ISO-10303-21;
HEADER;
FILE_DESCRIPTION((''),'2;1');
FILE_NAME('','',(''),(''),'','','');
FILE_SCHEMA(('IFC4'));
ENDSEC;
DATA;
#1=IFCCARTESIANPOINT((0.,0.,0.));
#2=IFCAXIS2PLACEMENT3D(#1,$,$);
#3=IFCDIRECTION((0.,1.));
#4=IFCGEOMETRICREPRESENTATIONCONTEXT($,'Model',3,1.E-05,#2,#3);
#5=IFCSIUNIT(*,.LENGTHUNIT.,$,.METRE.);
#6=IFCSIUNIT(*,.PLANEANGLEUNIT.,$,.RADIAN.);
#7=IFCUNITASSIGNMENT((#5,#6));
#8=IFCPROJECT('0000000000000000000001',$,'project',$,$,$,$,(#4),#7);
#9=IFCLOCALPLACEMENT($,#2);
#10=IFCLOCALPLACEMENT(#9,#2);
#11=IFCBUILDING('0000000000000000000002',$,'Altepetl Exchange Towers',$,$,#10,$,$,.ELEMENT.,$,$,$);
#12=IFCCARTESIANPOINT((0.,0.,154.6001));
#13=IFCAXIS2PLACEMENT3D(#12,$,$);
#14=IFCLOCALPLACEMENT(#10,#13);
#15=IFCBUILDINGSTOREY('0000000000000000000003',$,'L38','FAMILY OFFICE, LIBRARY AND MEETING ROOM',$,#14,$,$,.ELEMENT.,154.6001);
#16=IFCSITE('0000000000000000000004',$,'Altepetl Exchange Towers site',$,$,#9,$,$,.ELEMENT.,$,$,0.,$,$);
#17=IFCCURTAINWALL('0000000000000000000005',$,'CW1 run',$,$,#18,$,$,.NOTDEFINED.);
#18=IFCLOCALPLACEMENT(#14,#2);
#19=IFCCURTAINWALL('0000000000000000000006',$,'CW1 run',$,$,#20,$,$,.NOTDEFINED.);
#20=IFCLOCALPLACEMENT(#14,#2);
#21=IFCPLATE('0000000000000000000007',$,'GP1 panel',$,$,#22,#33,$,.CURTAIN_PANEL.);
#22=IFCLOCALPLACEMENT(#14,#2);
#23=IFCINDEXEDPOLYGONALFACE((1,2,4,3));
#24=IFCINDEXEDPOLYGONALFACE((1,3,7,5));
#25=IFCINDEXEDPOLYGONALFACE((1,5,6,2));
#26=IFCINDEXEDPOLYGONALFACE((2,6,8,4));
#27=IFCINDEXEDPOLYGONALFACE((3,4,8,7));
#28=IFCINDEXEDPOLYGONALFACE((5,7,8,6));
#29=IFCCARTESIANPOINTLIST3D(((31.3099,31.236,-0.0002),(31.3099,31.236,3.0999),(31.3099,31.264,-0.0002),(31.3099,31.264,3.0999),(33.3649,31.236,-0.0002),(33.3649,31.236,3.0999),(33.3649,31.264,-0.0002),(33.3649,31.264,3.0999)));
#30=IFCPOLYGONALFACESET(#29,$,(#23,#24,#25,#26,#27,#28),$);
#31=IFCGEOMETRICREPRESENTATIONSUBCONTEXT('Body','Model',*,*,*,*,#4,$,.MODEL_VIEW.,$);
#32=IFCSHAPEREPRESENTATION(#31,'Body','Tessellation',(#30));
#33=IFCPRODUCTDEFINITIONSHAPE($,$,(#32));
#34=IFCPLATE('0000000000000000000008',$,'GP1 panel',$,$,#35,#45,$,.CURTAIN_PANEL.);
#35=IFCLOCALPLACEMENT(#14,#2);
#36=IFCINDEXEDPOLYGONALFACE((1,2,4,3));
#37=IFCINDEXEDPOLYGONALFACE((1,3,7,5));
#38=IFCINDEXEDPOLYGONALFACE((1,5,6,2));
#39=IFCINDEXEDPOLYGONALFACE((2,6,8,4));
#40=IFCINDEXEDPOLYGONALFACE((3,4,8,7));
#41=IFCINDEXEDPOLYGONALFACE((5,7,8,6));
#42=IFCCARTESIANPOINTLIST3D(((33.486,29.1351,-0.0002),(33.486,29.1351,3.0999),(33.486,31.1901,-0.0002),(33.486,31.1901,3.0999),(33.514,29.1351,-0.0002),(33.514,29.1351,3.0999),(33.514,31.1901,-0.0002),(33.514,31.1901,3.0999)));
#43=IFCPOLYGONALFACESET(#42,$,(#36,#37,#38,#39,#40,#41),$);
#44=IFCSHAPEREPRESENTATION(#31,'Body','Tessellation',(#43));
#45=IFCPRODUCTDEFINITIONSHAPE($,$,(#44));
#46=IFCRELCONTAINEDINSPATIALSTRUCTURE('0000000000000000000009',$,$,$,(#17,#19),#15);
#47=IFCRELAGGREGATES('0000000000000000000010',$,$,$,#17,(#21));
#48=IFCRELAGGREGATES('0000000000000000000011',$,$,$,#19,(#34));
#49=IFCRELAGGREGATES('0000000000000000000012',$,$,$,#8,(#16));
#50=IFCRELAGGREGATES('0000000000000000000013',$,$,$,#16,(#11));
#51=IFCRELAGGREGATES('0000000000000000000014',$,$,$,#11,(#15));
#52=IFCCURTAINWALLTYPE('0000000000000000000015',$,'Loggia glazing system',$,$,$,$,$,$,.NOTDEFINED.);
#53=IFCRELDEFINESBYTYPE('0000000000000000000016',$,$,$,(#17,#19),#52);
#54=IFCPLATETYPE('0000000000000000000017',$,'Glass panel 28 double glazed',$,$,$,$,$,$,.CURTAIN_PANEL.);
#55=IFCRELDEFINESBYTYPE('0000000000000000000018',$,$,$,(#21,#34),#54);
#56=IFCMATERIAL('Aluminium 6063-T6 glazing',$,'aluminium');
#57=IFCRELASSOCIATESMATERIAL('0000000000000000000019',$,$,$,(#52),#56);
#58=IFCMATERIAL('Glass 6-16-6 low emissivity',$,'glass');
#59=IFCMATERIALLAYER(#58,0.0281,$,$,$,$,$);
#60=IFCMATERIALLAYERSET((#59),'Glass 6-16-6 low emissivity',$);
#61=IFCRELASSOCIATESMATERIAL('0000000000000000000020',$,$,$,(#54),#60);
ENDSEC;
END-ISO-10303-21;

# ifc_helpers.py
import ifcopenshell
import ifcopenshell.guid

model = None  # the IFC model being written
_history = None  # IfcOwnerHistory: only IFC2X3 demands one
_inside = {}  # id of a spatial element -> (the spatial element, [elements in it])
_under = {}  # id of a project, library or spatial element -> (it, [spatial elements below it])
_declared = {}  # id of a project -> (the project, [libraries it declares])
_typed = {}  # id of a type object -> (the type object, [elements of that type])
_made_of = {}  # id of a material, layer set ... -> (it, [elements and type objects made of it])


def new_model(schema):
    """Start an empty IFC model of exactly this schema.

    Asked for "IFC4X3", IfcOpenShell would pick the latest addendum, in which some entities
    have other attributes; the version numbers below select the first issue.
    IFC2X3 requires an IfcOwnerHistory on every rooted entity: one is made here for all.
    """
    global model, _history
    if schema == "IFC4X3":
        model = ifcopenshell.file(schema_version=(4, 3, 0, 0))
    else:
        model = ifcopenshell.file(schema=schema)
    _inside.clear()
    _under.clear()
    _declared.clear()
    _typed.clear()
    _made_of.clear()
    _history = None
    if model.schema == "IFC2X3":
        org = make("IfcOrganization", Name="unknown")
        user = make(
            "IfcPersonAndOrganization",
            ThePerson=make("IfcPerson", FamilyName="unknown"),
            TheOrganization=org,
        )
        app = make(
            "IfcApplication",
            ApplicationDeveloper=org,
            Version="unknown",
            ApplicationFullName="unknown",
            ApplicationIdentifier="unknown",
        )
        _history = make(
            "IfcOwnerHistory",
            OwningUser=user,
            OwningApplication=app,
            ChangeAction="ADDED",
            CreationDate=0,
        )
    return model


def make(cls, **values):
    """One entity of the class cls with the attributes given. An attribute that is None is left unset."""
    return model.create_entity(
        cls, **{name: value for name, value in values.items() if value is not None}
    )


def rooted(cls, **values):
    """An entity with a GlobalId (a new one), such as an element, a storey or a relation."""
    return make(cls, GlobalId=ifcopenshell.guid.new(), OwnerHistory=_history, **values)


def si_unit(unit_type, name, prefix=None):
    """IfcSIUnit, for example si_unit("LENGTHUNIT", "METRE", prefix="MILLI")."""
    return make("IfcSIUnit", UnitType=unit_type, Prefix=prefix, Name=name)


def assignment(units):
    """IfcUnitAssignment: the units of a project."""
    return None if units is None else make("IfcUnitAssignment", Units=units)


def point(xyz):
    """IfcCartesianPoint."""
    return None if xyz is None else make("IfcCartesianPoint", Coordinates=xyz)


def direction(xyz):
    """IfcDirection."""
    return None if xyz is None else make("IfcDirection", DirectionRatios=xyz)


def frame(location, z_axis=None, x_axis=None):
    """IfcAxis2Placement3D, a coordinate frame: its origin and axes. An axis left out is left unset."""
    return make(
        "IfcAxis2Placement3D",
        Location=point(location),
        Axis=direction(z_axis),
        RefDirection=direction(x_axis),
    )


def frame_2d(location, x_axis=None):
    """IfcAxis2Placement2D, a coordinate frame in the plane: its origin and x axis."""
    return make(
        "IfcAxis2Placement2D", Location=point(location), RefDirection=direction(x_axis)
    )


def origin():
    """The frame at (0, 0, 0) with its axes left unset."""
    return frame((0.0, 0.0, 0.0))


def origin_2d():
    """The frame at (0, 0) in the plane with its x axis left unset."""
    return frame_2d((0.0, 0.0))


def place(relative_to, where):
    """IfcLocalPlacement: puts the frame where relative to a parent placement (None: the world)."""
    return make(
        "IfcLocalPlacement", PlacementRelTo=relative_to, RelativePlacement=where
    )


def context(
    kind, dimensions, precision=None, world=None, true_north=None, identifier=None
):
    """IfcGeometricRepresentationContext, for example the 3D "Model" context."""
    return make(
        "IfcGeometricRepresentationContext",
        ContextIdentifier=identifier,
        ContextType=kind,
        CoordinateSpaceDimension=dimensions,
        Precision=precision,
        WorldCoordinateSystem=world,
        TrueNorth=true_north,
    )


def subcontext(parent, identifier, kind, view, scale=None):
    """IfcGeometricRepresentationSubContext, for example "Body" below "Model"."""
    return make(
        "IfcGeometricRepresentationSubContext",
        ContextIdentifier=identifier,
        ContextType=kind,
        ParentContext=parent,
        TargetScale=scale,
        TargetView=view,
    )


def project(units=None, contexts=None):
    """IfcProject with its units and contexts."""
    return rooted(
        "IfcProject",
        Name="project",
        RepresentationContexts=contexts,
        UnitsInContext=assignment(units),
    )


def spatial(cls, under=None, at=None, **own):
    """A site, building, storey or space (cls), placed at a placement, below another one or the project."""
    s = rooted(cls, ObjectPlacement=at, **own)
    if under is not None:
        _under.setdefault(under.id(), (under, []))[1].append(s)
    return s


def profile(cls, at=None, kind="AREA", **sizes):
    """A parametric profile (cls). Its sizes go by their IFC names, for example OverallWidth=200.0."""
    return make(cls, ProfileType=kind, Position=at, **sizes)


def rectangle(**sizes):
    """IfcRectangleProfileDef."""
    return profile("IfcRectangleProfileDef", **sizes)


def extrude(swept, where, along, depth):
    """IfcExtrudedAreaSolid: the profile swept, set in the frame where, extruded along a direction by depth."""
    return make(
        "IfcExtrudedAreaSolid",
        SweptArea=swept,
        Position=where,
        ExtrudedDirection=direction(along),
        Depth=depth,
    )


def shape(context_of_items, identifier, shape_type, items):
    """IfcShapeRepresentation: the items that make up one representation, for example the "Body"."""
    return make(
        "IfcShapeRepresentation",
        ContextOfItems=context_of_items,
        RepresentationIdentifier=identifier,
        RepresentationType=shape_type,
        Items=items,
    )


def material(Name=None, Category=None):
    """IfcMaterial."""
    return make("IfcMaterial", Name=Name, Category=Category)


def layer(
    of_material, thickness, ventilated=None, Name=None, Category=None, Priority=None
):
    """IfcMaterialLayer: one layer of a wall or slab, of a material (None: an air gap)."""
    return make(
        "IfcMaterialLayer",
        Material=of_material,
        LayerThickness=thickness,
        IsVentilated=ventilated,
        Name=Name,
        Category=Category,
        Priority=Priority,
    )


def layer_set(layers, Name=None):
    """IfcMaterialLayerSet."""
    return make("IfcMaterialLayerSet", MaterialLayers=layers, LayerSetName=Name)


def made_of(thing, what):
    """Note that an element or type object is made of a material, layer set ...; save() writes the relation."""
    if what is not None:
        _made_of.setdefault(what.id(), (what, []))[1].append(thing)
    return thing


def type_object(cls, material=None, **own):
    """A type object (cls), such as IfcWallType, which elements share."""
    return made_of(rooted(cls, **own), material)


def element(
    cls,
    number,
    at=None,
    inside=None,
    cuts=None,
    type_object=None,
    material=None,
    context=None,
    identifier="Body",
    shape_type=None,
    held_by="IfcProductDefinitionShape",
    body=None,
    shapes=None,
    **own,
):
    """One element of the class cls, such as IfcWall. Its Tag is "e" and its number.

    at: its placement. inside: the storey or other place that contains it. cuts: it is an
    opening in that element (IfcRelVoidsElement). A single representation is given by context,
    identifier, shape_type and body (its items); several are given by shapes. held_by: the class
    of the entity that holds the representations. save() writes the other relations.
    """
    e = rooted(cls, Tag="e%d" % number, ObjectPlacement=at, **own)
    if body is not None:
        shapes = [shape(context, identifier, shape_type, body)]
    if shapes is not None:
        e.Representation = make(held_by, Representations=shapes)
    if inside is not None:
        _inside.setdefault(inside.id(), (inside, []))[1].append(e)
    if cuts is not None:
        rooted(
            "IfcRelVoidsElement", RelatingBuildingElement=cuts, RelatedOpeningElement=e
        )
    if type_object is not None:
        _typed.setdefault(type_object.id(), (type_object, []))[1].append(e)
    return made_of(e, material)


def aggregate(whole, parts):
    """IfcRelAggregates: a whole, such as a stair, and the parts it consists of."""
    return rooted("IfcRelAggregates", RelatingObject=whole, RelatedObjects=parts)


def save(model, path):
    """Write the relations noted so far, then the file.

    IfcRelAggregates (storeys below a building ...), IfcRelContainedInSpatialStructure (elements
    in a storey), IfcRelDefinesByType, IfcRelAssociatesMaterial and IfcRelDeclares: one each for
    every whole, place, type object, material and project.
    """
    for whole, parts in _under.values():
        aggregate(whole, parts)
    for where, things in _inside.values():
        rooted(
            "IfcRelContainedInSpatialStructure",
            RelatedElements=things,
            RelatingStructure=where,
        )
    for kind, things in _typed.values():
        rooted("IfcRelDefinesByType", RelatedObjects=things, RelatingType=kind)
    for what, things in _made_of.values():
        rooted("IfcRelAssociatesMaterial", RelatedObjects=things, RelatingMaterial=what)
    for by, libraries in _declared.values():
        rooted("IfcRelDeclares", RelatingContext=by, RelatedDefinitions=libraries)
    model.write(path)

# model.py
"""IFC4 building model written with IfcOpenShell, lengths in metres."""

from ifc_helpers import new_model, si_unit, direction, frame, origin, origin_2d, place, context, subcontext, project, spatial, rectangle, extrude, material, layer, layer_set, type_object, element, aggregate, save


model = new_model("IFC4")

# Units and contexts
model_context = context("Model", 3, precision=1e-05, world=origin(), true_north=direction((0.0, 1.0)))
body_context = subcontext(model_context, "Body", "Model", "MODEL_VIEW")
ifc_project = project(units=[si_unit("LENGTHUNIT", "METRE"), si_unit("PLANEANGLEUNIT", "RADIAN")], contexts=[model_context])

# Site, building, storey
site_placement = place(None, origin())
site = spatial("IfcSite", under=ifc_project, at=site_placement, Name="Altepetl Exchange Towers site", CompositionType="ELEMENT", RefElevation=0.0)
building_placement = place(site_placement, origin())
building = spatial("IfcBuilding", under=site, at=building_placement, Name="Altepetl Exchange Towers", CompositionType="ELEMENT")
storey_placement = place(building_placement, frame((0.0, 0.0, 154.6001)))
storey = spatial("IfcBuildingStorey", under=building, at=storey_placement, Name="L38", Description="FAMILY OFFICE, LIBRARY AND MEETING ROOM", CompositionType="ELEMENT", Elevation=154.6001)

# Curtain walls
ifc_material_1 = material(Name="Aluminium 6063-T6 glazing", Category="aluminium")
curtain_wall_type = type_object("IfcCurtainWallType", Name="Loggia glazing system", PredefinedType="NOTDEFINED", material=ifc_material_1)
curtain_wall_1_placement = place(storey_placement, origin())
curtain_wall_1 = element("IfcCurtainWall", 1, at=curtain_wall_1_placement, inside=storey, type_object=curtain_wall_type, Name="CW1 run", PredefinedType="NOTDEFINED")
curtain_wall_2_placement = place(storey_placement, origin())
curtain_wall_2 = element("IfcCurtainWall", 2, at=curtain_wall_2_placement, inside=storey, type_object=curtain_wall_type, Name="CW1 run", PredefinedType="NOTDEFINED")

# Plates
ifc_material_2 = material(Name="Glass 6-16-6 low emissivity", Category="glass")
ifc_layer = layer(ifc_material_2, 0.0281)
ifc_layer_set = layer_set([ifc_layer], Name="Glass 6-16-6 low emissivity")
plate_type = type_object("IfcPlateType", Name="Glass panel 28 double glazed", PredefinedType="CURTAIN_PANEL", material=ifc_layer_set)
plate_1_placement = place(storey_placement, frame((32.3374, 31.25, -0.0002)))
plate_1 = element("IfcPlate", 3, at=plate_1_placement, type_object=plate_type, Name="GP1 panel", PredefinedType="CURTAIN_PANEL", context=body_context, shape_type="SweptSolid", body=[
    extrude(rectangle(XDim=2.0549, YDim=0.0281, at=origin_2d()), origin(), (0.0, 0.0, 1.0), 3.1001),
])
aggregate(curtain_wall_1, [plate_1])
plate_2_placement = place(storey_placement, frame((33.5, 30.1626, -0.0002), z_axis=(0.0, 0.0, 1.0), x_axis=(0.0, -1.0, 0.0)))
plate_2 = element("IfcPlate", 4, at=plate_2_placement, type_object=plate_type, Name="GP1 panel", PredefinedType="CURTAIN_PANEL", context=body_context, shape_type="SweptSolid", body=[
    extrude(rectangle(XDim=2.0549, YDim=0.0281, at=origin_2d()), origin(), (0.0, 0.0, 1.0), 3.1001),
])
aggregate(curtain_wall_2, [plate_2])

save(model, "model.ifc")
